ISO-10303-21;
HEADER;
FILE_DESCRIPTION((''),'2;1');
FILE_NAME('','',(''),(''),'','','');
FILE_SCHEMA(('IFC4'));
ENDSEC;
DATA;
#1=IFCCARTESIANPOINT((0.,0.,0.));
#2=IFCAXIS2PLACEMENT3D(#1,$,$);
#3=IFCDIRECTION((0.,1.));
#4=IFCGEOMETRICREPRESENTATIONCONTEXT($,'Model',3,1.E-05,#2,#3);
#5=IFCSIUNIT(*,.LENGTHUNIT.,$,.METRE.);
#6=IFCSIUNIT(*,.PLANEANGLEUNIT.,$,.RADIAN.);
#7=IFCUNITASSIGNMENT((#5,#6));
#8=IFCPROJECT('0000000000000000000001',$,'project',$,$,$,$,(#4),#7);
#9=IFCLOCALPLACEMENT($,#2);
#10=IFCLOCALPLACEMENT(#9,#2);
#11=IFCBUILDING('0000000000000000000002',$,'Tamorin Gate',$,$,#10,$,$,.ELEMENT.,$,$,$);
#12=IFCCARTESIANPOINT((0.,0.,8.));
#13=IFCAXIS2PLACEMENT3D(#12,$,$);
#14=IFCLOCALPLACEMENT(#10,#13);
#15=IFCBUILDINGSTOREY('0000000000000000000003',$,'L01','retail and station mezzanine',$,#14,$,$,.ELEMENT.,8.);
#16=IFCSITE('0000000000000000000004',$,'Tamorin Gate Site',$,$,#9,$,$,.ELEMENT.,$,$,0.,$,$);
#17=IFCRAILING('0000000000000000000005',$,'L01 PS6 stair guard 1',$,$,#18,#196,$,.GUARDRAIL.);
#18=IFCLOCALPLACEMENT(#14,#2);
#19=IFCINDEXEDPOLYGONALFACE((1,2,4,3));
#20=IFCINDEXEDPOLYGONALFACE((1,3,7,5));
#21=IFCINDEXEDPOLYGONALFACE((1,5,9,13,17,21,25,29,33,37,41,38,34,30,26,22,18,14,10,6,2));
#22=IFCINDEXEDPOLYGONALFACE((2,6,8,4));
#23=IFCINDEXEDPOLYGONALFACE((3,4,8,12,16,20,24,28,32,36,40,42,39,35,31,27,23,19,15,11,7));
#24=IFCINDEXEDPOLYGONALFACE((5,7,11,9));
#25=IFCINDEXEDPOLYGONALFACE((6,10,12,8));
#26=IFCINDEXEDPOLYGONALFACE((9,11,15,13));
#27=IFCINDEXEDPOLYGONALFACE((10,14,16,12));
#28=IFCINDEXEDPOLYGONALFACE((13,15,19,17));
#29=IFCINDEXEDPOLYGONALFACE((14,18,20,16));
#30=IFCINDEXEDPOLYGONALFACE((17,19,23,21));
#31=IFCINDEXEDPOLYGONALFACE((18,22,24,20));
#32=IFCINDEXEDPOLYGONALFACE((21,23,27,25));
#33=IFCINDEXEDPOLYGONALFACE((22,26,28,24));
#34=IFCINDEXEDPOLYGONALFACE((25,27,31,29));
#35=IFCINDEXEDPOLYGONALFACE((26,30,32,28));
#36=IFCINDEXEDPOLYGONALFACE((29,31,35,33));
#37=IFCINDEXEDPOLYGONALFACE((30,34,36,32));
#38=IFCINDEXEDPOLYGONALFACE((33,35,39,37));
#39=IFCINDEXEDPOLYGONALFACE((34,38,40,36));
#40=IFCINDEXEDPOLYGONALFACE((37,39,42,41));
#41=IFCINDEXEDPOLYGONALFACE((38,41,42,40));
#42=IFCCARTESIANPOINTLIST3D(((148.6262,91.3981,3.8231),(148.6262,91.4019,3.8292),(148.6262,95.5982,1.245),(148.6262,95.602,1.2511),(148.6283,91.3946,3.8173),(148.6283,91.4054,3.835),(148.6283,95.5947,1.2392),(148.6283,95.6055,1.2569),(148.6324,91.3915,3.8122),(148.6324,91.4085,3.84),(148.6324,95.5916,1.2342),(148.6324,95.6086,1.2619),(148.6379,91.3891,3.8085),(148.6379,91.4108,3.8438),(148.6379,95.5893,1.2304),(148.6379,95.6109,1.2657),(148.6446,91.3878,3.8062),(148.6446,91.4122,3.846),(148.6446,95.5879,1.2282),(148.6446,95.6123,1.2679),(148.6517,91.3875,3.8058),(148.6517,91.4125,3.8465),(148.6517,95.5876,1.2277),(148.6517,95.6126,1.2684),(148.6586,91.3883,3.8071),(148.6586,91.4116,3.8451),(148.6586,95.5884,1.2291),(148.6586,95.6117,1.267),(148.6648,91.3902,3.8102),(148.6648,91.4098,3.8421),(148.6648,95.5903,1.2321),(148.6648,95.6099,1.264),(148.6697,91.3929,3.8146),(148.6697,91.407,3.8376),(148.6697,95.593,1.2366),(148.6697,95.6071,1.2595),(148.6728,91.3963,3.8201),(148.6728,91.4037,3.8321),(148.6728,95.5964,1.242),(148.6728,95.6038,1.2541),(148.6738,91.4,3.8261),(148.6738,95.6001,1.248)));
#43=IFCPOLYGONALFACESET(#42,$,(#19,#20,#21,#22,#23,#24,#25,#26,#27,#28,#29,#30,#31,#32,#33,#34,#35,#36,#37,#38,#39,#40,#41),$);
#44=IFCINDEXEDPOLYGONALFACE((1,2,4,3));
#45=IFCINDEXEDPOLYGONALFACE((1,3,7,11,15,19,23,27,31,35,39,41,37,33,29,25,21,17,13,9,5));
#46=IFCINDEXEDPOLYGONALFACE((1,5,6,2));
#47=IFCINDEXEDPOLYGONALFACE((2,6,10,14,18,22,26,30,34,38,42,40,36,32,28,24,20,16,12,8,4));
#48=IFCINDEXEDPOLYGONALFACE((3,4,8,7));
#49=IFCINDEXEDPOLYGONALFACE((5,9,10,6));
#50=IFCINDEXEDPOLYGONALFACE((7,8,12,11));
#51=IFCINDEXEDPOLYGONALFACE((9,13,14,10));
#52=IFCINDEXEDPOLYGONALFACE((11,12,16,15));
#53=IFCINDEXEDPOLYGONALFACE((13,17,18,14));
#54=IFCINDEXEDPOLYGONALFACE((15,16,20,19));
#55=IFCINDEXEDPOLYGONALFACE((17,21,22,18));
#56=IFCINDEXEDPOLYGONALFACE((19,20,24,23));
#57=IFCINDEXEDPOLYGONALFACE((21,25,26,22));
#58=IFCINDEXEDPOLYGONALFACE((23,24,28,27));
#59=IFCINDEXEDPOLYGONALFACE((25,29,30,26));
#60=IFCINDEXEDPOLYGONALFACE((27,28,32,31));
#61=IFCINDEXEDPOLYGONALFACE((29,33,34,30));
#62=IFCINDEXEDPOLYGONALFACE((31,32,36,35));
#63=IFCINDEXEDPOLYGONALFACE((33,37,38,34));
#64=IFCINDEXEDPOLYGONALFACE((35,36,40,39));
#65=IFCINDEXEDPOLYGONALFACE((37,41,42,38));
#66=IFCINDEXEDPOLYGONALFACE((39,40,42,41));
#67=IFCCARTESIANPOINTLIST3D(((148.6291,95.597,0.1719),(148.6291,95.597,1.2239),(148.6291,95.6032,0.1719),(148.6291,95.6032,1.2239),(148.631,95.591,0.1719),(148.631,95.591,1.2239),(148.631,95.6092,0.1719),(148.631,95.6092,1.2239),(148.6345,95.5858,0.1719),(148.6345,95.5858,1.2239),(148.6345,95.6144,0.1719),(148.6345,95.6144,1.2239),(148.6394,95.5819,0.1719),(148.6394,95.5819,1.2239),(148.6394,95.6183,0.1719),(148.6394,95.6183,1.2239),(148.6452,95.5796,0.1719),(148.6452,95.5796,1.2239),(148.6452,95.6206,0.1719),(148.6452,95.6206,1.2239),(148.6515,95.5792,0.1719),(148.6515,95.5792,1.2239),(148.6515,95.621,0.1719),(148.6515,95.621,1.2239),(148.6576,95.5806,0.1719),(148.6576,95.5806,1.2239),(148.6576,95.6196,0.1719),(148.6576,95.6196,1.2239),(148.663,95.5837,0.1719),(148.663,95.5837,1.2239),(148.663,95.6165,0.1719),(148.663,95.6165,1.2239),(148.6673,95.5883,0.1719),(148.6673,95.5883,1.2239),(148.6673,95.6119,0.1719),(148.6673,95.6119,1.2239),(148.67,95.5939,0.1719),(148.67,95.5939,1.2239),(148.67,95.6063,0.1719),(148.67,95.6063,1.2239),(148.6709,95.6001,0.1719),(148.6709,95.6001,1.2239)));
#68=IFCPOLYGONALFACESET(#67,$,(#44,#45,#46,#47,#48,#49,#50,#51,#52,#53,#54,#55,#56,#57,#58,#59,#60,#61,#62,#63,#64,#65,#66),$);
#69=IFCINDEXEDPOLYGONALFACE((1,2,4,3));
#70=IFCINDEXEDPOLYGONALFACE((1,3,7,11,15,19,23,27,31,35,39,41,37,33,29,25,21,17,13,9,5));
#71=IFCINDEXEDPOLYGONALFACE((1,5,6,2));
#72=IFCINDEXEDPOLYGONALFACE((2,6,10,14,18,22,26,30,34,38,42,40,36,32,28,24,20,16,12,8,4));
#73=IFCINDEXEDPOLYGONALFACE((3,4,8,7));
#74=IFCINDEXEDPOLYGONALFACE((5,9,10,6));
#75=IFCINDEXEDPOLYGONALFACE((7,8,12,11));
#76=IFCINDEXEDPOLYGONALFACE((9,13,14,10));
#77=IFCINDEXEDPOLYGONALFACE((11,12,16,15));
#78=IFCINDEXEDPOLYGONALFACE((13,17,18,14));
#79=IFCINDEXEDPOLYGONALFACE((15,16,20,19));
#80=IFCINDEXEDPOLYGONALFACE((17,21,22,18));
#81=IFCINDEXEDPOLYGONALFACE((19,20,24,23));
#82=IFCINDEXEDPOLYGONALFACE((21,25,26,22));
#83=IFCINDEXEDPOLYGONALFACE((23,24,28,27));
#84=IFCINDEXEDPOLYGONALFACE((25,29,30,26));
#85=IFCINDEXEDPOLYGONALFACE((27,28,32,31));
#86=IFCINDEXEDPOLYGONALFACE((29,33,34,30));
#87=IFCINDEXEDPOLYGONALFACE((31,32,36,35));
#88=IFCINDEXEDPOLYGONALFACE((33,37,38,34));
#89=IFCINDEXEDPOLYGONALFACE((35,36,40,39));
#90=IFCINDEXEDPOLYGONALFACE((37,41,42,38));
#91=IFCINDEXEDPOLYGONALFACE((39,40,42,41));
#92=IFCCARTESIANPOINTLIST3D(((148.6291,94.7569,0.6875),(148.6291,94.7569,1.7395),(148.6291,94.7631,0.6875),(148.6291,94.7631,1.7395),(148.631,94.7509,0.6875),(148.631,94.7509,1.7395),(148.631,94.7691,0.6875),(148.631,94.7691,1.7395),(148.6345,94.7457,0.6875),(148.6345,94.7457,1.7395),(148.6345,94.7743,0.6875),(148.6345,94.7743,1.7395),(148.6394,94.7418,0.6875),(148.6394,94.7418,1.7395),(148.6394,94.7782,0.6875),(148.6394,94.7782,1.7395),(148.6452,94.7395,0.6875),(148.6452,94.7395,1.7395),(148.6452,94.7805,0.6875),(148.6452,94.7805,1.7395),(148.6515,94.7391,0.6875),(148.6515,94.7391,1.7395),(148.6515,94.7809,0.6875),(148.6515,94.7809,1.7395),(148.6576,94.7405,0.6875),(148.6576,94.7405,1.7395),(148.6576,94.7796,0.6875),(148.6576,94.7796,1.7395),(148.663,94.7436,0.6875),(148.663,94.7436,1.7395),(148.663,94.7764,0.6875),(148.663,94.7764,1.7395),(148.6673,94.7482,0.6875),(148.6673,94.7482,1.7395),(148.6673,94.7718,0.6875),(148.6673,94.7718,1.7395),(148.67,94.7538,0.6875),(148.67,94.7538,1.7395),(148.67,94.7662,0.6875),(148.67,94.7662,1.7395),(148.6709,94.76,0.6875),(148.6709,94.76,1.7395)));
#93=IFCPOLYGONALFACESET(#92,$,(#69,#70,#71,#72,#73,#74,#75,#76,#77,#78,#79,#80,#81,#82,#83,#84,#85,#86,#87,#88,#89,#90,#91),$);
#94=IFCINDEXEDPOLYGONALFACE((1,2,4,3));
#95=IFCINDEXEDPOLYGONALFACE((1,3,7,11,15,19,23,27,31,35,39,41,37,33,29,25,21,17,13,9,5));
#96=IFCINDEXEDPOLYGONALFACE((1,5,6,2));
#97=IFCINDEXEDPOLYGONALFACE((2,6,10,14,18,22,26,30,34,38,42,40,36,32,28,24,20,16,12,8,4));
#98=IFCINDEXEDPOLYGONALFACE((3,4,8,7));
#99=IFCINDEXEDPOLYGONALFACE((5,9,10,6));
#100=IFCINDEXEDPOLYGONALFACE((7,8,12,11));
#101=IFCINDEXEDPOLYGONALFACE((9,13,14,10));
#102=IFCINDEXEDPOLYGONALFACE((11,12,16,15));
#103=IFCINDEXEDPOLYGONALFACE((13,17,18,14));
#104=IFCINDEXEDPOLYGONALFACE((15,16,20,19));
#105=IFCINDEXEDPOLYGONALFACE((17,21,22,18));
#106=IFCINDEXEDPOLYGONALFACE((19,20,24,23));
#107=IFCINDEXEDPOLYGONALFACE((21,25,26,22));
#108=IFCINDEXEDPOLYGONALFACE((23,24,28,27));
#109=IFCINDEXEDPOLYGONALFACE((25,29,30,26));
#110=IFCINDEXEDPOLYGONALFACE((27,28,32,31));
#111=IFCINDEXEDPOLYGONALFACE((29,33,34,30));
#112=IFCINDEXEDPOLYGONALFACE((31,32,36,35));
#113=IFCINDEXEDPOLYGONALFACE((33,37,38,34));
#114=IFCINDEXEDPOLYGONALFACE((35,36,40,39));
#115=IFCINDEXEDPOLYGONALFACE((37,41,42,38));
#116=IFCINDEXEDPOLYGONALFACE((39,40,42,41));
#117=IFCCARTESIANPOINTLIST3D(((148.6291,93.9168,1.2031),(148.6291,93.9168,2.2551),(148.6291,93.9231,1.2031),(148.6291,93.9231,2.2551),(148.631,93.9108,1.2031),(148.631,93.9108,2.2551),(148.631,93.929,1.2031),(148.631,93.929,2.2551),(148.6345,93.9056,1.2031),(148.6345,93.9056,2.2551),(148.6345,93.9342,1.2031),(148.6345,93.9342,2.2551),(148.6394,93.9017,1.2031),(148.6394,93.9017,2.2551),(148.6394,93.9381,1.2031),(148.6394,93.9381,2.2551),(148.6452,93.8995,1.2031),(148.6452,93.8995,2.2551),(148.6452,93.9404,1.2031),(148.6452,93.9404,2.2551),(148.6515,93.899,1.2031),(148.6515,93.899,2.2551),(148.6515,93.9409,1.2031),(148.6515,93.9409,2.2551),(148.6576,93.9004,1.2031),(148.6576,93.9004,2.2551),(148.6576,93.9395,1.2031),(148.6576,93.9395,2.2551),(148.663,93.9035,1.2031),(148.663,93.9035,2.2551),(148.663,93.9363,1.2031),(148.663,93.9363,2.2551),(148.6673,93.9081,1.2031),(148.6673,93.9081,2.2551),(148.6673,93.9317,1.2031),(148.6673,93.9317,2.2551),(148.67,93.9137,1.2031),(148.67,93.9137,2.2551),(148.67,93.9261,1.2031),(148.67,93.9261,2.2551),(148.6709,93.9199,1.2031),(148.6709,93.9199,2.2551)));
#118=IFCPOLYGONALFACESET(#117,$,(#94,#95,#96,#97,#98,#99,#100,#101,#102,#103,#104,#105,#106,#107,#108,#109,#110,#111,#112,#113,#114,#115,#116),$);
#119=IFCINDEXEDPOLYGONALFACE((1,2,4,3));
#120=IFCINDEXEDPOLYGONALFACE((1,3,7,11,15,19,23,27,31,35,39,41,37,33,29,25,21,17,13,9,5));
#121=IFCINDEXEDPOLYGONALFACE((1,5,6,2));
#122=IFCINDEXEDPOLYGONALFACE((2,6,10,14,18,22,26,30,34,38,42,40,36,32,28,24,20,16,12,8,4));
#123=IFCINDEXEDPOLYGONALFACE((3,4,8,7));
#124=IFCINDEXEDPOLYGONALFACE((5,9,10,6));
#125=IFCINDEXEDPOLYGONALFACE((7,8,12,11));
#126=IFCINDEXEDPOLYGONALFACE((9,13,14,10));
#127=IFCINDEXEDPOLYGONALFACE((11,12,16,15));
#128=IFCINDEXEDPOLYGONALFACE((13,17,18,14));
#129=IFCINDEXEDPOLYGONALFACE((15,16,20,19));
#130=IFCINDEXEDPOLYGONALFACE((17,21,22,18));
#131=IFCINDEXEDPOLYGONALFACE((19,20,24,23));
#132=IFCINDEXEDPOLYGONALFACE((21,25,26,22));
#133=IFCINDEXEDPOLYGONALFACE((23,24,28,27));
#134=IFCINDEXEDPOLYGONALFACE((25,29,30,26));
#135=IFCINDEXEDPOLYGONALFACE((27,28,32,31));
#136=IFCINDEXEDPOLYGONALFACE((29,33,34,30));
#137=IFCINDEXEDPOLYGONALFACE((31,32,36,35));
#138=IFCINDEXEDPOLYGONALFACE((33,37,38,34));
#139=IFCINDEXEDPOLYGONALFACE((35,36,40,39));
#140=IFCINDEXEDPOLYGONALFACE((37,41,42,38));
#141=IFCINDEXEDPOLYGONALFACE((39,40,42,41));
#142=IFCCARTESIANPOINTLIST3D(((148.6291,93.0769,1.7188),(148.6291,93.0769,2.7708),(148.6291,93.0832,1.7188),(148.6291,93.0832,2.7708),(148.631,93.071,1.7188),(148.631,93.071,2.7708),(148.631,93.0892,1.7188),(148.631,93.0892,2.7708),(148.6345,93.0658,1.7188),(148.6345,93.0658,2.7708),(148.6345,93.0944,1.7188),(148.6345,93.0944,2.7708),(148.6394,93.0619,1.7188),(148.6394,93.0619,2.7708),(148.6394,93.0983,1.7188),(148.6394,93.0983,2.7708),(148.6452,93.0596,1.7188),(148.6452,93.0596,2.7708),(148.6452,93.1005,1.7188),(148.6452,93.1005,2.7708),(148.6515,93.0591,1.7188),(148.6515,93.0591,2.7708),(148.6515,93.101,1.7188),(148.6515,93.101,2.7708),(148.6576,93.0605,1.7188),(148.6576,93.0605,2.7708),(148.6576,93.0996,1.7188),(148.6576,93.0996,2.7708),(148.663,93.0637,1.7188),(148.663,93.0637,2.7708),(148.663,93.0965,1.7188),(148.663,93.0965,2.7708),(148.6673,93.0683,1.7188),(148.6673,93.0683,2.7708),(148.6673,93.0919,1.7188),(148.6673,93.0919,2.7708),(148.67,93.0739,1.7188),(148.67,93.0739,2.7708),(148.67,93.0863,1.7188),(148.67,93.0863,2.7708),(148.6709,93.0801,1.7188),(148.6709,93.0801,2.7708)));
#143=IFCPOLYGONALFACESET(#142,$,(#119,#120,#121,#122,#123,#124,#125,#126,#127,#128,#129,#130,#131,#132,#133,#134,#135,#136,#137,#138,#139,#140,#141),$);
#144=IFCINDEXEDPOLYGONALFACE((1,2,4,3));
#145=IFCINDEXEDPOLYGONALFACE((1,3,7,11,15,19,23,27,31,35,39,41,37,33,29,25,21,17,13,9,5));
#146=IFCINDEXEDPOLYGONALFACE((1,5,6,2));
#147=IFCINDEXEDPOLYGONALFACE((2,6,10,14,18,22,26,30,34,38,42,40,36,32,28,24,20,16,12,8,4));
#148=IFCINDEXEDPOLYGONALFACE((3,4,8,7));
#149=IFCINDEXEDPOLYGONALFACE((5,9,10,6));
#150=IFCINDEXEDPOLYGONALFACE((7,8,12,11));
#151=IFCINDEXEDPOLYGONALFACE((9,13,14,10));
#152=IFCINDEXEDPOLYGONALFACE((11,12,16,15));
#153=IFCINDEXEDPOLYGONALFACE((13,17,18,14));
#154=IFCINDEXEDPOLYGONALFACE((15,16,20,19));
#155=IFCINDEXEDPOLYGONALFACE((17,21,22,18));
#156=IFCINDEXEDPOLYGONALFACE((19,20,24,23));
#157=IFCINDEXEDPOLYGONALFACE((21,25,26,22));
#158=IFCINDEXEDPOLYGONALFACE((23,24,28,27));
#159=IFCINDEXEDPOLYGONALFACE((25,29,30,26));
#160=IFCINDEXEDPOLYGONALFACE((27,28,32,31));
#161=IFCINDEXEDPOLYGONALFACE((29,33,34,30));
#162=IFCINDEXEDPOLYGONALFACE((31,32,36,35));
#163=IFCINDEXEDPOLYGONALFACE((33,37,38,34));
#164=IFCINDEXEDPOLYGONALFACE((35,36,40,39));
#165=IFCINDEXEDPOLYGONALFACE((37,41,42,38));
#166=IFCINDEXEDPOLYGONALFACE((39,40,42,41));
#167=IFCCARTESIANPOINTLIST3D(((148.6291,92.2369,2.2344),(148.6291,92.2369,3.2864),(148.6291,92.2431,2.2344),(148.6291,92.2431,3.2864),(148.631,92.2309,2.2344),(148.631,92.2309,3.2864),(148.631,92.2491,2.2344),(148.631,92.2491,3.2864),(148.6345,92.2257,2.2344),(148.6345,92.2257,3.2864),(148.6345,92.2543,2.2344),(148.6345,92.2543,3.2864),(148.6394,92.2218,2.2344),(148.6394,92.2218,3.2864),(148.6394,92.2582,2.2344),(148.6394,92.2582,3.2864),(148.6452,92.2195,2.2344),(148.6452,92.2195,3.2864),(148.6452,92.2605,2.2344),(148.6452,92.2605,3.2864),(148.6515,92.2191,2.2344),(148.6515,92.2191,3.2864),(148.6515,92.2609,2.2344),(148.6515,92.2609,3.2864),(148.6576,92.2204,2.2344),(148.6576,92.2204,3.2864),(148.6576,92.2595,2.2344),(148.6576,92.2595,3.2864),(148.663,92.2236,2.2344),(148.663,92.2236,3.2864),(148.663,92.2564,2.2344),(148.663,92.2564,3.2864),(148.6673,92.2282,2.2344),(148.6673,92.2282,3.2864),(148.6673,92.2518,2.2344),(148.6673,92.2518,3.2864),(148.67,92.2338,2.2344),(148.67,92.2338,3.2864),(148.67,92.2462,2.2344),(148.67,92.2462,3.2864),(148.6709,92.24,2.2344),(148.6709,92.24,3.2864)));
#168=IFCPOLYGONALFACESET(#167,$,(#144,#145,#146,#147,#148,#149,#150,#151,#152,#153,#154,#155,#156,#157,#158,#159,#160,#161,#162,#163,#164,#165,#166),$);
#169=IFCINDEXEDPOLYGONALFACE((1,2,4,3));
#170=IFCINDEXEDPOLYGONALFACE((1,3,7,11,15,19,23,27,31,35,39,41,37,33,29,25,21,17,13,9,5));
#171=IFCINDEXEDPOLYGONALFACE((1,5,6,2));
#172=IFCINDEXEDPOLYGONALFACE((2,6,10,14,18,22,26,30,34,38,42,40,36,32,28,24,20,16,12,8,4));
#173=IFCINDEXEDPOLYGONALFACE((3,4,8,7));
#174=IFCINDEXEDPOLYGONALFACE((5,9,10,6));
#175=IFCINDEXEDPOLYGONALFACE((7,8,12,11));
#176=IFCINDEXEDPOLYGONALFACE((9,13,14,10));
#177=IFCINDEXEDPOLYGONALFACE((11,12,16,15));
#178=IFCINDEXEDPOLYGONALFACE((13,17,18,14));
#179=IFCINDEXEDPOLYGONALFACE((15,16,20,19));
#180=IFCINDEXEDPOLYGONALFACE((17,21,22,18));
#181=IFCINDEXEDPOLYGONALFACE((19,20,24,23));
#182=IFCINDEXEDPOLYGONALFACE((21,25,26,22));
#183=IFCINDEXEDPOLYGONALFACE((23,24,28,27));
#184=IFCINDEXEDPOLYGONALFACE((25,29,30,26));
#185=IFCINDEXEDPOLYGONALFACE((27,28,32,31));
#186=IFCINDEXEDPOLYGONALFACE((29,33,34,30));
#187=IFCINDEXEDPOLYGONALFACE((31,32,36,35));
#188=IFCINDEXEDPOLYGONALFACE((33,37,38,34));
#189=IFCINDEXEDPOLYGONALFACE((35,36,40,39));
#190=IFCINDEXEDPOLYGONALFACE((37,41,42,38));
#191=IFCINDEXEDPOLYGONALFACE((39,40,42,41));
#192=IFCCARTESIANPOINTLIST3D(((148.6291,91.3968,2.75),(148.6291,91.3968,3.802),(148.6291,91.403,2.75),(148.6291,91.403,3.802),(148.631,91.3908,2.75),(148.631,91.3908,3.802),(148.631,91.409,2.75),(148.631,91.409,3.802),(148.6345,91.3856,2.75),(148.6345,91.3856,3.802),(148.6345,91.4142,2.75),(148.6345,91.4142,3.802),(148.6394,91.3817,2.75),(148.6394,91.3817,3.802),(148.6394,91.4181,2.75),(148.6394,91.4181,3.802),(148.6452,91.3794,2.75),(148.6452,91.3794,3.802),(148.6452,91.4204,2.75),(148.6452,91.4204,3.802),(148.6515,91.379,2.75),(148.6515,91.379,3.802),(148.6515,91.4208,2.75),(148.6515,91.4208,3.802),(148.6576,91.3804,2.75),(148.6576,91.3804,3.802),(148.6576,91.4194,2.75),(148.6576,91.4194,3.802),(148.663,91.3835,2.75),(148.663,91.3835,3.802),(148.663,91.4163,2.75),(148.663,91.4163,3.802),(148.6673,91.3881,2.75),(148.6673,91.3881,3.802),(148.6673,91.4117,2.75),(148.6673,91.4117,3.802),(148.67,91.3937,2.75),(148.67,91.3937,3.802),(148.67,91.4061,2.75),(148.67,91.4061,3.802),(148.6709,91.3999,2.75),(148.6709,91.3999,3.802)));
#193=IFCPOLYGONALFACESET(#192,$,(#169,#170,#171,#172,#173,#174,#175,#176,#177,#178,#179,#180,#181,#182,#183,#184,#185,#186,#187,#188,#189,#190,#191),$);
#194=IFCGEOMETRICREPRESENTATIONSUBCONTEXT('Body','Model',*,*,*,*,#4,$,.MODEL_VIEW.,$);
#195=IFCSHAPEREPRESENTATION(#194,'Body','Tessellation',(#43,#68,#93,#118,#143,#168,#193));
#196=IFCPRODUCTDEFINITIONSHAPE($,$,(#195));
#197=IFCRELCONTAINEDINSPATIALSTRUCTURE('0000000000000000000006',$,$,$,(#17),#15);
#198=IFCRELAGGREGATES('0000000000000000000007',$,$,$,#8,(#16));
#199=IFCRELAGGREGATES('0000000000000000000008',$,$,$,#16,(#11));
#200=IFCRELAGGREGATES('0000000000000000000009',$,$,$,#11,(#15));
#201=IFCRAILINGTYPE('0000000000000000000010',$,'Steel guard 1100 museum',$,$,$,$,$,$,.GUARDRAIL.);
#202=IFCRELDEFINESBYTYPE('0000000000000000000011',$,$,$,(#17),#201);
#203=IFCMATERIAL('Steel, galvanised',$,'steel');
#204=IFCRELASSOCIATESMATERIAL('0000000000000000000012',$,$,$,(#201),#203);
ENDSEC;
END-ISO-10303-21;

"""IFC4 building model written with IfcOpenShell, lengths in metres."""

from ifc_helpers import new_model, si_unit, direction, frame, origin, origin_2d, place, context, subcontext, project, spatial, circle, extrude, material, type_object, element, save


model = new_model("IFC4")

# Units and contexts
model_context = context("Model", 3, precision=1e-05, world=origin(), true_north=direction((0.0, 1.0)))
body_context = subcontext(model_context, "Body", "Model", "MODEL_VIEW")
ifc_project = project(units=[si_unit("LENGTHUNIT", "METRE"), si_unit("PLANEANGLEUNIT", "RADIAN")], contexts=[model_context])

# Site, building, storey
site_placement = place(None, origin())
site = spatial("IfcSite", under=ifc_project, at=site_placement, Name="Tamorin Gate Site", CompositionType="ELEMENT", RefElevation=0.0)
building_placement = place(site_placement, origin())
building = spatial("IfcBuilding", under=site, at=building_placement, Name="Tamorin Gate", CompositionType="ELEMENT")
storey_placement = place(building_placement, frame((0.0, 0.0, 8.0)))
storey = spatial("IfcBuildingStorey", under=building, at=storey_placement, Name="L01", Description="retail and station mezzanine", CompositionType="ELEMENT", Elevation=8.0)

# Railing
ifc_material_1 = material(Name="Steel, galvanised", Category="steel")
railing_type_1 = type_object("IfcRailingType", Name="Steel guard 1100 museum", PredefinedType="GUARDRAIL", material=ifc_material_1)
railing_1_placement = place(storey_placement, frame((148.6499, 95.6001, 0.1719)))
element("IfcRailing", 1, at=railing_1_placement, inside=storey, type_object=railing_type_1, Name="L01 PS6 stair guard 1", PredefinedType="GUARDRAIL", context=body_context, shape_type="SweptSolid", body=[
    extrude(circle(Radius=0.0239, at=origin_2d()), frame((0.0, 0.0, 1.0762), z_axis=(0.0, -0.852256, 0.523124), x_axis=(1.0, 0.0, 0.0)), (0.0, 0.0, 1.0), 4.9282),
    extrude(circle(Radius=0.021, at=origin_2d()), origin(), (0.0, 0.0, 1.0), 1.052),
    extrude(circle(Radius=0.021, at=origin_2d()), frame((0.0, -0.8401, 0.5156)), (0.0, 0.0, 1.0), 1.052),
    extrude(circle(Radius=0.021, at=origin_2d()), frame((0.0, -1.6802, 1.0312)), (0.0, 0.0, 1.0), 1.052),
    extrude(circle(Radius=0.021, at=origin_2d()), frame((0.0, -2.52, 1.5469)), (0.0, 0.0, 1.0), 1.052),
    extrude(circle(Radius=0.021, at=origin_2d()), frame((0.0, -3.3601, 2.0625)), (0.0, 0.0, 1.0), 1.052),
    extrude(circle(Radius=0.021, at=origin_2d()), frame((0.0, -4.2002, 2.5781)), (0.0, 0.0, 1.0), 1.052),
])

save(model, "model.ifc")
